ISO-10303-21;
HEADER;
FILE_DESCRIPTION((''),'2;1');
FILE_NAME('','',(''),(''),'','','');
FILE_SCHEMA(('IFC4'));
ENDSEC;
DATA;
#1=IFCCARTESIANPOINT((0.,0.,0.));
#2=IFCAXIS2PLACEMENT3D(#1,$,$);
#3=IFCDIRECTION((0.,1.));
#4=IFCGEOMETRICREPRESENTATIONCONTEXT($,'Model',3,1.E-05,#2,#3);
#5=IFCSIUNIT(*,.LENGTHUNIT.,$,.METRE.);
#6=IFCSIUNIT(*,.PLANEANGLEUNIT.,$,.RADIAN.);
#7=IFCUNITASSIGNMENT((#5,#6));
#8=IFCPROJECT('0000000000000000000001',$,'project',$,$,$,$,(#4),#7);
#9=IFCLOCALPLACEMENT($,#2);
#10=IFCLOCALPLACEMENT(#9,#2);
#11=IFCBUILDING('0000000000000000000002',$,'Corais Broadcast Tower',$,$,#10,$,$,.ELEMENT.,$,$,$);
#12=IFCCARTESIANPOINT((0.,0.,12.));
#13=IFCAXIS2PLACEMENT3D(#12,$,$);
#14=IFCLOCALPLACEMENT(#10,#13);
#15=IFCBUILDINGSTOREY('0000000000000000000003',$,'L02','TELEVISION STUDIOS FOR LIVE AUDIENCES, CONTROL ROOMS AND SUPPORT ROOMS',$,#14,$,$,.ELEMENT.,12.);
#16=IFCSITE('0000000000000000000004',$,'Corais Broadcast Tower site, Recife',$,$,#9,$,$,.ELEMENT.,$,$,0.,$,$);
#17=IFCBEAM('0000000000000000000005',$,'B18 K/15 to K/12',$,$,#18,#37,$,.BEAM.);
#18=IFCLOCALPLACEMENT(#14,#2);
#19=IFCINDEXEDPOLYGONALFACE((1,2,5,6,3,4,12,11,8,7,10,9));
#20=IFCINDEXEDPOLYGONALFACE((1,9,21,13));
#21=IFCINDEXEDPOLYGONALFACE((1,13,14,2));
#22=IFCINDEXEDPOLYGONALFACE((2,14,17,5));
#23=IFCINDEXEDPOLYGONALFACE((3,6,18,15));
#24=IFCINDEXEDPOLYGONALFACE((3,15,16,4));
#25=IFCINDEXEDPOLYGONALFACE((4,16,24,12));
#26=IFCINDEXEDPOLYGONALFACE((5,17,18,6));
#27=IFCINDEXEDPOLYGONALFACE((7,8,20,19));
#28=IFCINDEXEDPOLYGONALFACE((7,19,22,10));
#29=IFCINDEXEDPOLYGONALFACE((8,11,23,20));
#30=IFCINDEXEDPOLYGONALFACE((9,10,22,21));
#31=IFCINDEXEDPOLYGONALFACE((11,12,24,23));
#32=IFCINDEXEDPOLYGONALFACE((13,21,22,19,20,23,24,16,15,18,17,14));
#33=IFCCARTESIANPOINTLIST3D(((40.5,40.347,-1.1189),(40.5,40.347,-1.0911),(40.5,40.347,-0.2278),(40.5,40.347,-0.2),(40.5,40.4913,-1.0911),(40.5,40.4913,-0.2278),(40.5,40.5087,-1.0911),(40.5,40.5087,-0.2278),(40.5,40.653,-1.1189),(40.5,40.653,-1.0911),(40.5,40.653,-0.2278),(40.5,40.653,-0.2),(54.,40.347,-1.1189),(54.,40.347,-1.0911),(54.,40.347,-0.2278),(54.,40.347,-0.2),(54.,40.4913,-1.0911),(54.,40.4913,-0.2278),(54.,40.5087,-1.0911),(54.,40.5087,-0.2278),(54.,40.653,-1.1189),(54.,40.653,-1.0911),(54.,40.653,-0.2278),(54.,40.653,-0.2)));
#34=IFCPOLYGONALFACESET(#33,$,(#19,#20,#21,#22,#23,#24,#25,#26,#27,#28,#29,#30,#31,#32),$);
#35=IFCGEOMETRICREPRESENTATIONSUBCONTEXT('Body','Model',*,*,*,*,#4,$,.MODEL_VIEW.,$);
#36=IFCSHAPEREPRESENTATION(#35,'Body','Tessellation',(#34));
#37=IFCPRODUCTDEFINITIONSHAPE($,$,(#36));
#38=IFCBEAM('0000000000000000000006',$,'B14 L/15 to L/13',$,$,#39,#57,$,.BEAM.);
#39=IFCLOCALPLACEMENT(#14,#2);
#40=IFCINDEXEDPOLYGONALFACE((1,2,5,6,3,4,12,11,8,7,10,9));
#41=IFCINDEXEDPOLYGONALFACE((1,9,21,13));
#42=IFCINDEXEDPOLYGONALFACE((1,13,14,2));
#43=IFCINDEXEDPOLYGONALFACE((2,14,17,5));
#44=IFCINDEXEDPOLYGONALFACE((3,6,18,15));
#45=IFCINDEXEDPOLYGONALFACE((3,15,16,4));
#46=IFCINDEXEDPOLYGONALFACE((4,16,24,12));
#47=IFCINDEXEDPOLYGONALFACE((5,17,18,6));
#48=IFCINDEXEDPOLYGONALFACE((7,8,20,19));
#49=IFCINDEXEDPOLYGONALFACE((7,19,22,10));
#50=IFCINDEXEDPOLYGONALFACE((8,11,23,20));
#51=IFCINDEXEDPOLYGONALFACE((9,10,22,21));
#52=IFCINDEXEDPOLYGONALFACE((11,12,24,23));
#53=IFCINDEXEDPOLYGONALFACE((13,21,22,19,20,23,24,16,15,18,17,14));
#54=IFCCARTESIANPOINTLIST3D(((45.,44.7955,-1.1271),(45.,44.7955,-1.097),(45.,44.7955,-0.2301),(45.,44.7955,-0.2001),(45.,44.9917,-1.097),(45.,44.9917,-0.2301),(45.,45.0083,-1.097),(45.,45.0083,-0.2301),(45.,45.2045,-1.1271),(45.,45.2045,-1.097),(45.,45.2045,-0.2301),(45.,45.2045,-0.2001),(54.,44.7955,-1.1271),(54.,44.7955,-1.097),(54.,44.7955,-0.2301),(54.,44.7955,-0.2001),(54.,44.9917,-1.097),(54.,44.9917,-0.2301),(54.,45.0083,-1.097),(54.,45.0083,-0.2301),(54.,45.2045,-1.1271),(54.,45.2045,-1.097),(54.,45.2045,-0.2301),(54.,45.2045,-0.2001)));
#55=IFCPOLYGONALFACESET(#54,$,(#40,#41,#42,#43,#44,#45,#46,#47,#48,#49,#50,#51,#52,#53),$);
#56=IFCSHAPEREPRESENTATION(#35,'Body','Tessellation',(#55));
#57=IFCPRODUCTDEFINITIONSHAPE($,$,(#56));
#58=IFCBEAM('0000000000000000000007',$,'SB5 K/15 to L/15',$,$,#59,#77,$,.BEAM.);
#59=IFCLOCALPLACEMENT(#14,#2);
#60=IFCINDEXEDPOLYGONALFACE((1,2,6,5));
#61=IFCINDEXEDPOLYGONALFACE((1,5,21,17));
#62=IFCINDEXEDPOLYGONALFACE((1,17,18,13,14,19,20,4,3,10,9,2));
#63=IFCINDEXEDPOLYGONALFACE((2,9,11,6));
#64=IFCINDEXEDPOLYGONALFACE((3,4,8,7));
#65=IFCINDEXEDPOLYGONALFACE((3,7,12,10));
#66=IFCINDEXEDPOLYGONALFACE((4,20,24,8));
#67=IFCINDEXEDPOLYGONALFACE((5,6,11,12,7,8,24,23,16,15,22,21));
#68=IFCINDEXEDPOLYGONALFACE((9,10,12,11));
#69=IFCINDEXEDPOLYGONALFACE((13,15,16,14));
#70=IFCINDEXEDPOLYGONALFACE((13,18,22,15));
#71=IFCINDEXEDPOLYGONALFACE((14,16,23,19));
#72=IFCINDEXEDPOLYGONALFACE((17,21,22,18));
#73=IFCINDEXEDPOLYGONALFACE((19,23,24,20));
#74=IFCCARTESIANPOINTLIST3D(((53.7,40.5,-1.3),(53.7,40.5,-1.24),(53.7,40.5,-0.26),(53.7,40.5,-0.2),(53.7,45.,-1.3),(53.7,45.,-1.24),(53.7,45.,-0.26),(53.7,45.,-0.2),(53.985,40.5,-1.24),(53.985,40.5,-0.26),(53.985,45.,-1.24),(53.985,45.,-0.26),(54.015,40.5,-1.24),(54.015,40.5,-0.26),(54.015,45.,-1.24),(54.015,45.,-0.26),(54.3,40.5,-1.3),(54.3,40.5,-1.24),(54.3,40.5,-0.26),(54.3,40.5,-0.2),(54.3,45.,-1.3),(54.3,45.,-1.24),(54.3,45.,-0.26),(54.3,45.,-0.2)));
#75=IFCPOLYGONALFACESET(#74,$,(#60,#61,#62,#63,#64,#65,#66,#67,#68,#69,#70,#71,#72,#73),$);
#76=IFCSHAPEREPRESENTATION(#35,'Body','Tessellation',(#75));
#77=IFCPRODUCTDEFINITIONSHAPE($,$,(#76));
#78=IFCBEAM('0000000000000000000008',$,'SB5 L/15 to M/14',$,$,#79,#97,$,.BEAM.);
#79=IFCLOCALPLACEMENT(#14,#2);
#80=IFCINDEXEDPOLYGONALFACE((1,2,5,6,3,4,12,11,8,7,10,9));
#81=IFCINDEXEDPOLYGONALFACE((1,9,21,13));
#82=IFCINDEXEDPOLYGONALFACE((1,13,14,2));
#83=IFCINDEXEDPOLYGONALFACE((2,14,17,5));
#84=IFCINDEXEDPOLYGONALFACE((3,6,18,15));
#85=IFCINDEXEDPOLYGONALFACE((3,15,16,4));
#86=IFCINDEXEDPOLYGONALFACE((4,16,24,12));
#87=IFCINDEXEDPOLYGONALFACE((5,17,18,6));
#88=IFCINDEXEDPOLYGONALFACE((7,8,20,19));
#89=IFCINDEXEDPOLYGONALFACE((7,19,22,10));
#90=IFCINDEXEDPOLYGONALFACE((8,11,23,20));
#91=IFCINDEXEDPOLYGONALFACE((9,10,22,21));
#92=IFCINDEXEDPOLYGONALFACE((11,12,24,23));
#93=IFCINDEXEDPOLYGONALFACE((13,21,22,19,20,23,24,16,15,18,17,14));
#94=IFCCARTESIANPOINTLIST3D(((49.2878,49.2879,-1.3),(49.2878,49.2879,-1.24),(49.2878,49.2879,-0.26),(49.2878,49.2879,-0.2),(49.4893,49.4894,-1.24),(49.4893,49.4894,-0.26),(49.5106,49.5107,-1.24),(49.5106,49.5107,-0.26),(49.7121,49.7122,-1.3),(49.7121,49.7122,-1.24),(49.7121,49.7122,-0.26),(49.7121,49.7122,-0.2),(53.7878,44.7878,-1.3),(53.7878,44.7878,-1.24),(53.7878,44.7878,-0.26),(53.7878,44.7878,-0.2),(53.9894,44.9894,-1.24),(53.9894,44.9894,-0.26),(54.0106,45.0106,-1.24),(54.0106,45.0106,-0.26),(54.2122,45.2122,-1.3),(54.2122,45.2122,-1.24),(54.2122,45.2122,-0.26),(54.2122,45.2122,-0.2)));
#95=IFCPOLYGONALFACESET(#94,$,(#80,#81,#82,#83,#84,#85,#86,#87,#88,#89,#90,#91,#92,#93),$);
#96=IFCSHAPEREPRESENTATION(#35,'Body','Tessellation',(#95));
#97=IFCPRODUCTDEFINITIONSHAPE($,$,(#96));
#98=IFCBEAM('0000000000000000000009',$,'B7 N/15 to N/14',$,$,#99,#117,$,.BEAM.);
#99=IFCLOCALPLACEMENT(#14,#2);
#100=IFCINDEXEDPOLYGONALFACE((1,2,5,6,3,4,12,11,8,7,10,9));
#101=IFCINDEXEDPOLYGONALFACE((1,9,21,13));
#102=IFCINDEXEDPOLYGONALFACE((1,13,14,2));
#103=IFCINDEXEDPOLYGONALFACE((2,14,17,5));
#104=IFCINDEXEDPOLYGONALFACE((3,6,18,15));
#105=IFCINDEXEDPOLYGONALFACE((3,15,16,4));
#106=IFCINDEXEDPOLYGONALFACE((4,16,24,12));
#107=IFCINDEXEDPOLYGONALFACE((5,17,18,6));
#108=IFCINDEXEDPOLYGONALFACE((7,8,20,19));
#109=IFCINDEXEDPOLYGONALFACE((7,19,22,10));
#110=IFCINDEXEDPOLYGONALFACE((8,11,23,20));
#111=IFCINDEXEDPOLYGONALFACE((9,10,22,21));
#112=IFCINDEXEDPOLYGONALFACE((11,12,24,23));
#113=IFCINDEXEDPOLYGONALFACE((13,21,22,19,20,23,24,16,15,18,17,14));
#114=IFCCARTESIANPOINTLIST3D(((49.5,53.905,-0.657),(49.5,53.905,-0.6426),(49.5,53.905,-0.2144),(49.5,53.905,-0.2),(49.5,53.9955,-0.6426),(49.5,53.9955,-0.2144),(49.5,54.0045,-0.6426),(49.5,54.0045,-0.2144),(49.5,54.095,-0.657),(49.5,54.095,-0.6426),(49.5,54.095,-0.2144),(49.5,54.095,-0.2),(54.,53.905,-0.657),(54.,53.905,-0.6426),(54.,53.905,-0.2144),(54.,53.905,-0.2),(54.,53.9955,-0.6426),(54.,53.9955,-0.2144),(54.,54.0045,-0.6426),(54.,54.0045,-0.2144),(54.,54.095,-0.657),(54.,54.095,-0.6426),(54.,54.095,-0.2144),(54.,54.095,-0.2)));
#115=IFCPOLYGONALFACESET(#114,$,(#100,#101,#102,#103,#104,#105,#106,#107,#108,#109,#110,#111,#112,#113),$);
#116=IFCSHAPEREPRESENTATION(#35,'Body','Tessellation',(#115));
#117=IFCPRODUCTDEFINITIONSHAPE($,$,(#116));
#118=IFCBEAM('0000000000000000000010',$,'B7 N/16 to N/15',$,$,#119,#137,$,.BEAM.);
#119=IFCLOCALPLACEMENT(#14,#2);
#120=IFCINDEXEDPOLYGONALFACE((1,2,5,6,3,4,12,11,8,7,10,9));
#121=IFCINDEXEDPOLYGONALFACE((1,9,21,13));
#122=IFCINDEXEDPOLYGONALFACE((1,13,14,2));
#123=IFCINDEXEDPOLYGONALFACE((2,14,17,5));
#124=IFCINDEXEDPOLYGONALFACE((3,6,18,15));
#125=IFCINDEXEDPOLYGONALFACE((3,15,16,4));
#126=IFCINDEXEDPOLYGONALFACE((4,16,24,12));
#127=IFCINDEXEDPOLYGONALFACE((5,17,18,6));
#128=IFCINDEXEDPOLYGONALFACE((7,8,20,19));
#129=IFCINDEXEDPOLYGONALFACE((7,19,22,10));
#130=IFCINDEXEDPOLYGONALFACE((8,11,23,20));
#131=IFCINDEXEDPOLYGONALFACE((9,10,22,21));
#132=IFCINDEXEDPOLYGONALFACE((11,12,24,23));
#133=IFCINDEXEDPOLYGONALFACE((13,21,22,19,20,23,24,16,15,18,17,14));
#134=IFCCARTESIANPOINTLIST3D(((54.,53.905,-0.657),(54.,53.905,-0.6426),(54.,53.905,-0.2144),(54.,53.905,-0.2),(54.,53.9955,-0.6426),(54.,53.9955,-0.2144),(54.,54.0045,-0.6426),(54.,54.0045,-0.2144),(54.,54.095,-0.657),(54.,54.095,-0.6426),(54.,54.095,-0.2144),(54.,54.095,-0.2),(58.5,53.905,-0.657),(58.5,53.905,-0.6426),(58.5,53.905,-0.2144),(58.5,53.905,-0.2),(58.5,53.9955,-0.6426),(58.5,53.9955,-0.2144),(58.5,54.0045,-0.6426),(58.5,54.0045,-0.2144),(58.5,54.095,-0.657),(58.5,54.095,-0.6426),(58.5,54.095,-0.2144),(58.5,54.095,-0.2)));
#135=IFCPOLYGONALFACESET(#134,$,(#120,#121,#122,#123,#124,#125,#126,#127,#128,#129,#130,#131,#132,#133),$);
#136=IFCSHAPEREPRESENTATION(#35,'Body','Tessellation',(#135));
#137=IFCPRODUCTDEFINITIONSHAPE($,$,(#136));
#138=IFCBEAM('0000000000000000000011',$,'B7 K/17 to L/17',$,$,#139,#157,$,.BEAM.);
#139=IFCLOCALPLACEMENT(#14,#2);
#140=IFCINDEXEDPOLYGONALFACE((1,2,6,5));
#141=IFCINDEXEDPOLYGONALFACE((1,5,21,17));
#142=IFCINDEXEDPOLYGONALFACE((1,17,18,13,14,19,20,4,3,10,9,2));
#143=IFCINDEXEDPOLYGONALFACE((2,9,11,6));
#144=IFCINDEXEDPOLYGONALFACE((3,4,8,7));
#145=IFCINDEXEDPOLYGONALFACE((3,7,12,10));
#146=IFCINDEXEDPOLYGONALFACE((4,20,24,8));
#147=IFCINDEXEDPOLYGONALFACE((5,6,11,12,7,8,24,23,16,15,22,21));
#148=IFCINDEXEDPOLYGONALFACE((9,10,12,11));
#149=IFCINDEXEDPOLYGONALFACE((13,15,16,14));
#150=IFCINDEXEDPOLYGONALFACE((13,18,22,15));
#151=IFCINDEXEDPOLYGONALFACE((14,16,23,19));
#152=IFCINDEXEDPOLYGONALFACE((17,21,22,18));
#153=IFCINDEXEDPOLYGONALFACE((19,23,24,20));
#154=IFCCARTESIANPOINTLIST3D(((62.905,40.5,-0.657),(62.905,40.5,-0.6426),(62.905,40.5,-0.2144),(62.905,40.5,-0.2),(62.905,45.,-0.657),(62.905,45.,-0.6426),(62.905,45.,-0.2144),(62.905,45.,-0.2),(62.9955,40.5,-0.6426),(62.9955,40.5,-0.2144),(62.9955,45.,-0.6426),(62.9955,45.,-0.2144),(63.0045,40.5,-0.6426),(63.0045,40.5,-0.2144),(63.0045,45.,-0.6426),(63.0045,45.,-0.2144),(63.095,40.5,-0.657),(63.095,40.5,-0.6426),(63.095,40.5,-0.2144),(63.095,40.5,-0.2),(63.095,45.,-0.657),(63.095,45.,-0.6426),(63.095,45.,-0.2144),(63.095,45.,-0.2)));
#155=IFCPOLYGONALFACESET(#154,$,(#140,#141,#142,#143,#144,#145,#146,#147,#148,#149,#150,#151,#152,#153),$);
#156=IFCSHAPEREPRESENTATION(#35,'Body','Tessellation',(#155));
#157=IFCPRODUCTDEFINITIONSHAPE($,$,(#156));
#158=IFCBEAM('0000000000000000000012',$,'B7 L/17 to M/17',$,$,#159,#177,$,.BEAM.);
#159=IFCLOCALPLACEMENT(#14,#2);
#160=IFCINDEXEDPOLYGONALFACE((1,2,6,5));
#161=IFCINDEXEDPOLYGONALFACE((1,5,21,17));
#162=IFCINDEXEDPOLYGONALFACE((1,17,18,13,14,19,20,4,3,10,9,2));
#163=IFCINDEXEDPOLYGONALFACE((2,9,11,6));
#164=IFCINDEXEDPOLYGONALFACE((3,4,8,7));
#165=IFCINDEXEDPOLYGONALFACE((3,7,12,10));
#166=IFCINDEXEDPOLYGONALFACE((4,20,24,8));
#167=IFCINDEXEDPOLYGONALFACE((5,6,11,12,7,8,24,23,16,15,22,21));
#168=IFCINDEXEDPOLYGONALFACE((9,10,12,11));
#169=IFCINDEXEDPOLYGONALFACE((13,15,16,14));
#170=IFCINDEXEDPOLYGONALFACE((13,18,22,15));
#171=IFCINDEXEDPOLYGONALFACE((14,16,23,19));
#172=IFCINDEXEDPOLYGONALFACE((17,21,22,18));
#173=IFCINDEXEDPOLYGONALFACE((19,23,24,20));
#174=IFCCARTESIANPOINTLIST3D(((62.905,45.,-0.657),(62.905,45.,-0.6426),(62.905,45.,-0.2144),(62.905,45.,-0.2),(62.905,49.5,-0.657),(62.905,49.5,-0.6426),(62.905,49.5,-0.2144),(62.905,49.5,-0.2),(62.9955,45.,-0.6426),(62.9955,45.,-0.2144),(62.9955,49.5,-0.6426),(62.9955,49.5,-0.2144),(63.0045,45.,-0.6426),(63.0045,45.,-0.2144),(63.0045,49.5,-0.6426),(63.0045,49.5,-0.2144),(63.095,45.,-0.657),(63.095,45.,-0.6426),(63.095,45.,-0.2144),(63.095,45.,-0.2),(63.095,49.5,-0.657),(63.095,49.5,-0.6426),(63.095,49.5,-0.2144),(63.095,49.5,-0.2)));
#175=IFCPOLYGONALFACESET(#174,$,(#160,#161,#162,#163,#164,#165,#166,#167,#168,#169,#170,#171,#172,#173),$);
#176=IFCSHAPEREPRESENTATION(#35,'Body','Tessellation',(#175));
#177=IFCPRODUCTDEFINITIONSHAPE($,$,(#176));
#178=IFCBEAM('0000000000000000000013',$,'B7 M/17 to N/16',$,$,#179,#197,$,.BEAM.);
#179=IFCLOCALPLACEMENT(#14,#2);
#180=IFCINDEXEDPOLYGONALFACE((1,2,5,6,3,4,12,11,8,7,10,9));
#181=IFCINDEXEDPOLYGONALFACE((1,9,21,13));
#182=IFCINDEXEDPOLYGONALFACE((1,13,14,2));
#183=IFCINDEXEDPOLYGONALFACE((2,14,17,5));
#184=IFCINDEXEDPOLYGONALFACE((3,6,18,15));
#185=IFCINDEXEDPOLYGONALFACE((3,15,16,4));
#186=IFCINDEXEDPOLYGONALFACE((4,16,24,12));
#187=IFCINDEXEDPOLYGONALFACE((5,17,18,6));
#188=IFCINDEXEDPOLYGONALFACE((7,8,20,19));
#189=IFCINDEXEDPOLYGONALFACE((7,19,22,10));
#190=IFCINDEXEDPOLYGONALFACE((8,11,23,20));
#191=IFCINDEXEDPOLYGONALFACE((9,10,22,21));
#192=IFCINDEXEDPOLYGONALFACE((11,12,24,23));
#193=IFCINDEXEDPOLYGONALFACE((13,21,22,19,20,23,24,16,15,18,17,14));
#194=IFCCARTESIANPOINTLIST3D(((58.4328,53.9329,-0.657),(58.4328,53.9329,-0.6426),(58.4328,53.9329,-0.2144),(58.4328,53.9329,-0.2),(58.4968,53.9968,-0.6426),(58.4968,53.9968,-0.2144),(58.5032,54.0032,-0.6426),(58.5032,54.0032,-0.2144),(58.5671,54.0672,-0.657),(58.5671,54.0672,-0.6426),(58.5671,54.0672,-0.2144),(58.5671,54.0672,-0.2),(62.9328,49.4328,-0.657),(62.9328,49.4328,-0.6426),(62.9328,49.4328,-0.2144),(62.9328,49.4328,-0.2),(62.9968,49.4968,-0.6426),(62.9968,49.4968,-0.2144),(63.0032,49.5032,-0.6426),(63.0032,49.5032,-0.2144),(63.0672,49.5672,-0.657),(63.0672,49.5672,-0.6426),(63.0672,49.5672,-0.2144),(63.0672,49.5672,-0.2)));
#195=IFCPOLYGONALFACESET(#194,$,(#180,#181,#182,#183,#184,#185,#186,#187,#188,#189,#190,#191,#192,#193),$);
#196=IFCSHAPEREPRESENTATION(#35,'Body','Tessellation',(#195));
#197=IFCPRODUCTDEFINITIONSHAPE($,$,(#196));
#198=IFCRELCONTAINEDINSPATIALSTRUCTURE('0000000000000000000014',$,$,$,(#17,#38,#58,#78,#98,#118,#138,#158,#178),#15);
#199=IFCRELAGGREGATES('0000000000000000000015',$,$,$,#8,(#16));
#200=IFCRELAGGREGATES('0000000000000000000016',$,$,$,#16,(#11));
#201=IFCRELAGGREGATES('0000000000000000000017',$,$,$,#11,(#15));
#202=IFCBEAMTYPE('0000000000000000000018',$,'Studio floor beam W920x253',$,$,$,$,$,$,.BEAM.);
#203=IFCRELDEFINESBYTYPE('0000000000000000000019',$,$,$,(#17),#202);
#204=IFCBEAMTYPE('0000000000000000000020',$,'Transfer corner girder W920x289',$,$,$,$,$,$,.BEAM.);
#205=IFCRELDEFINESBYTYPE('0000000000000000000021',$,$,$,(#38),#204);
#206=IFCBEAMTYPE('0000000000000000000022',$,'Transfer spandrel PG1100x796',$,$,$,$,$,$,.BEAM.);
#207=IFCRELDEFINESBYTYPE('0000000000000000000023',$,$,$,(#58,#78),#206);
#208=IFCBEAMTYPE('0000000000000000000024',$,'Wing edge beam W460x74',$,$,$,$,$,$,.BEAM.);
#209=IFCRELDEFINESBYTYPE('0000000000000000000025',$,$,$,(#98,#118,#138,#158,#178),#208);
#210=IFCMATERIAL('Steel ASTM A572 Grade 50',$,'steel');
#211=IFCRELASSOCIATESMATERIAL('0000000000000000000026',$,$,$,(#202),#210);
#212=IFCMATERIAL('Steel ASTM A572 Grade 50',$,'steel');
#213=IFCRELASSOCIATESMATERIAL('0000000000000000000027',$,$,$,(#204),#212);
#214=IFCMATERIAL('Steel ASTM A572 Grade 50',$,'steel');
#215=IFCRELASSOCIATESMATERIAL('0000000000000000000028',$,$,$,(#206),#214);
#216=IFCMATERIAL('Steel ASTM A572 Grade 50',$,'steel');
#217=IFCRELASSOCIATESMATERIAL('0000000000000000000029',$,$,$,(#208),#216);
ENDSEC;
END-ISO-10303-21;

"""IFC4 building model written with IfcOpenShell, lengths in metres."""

from ifc_helpers import new_model, si_unit, direction, frame, origin, origin_2d, place, context, subcontext, project, spatial, i_section, extrude, material, material_profile, profile_set, type_object, element, save


model = new_model("IFC4")

# Units and contexts
model_context = context("Model", 3, precision=1e-05, world=origin(), true_north=direction((0.0, 1.0)))
body_context = subcontext(model_context, "Body", "Model", "MODEL_VIEW")
ifc_project = project(units=[si_unit("LENGTHUNIT", "METRE"), si_unit("PLANEANGLEUNIT", "RADIAN")], contexts=[model_context])

# Site, building, storey
site_placement = place(None, origin())
site = spatial("IfcSite", under=ifc_project, at=site_placement, Name="Corais Broadcast Tower site, Recife", CompositionType="ELEMENT", RefElevation=0.0)
building_placement = place(site_placement, origin())
building = spatial("IfcBuilding", under=site, at=building_placement, Name="Corais Broadcast Tower", CompositionType="ELEMENT")
storey_placement = place(building_placement, frame((0.0, 0.0, 12.0)))
storey = spatial("IfcBuildingStorey", under=building, at=storey_placement, Name="L02", Description="TELEVISION STUDIOS FOR LIVE AUDIENCES, CONTROL ROOMS AND SUPPORT ROOMS", CompositionType="ELEMENT", Elevation=12.0)

# Beams
ifc_material_1 = material(Name="Steel ASTM A572 Grade 50", Category="steel")
ifc_material_profile_1 = material_profile(ifc_material_1, i_section(OverallWidth=0.3059, OverallDepth=0.9189, WebThickness=0.0173, FlangeThickness=0.0278, at=origin_2d()), Name="W920x253")
ifc_profile_set_1 = profile_set([ifc_material_profile_1], Name="Steel ASTM A572 Grade 50")
beam_type_1 = type_object("IfcBeamType", Name="Studio floor beam W920x253", PredefinedType="BEAM", material=ifc_profile_set_1)
beam_1_placement = place(storey_placement, frame((54.0, 40.5, -0.6594), z_axis=(-1.0, 0.0, 0.0), x_axis=(0.0, -1.0, 0.0)))
element("IfcBeam", 1, at=beam_1_placement, inside=storey, type_object=beam_type_1, Name="B18 K/15 to K/12", PredefinedType="BEAM", context=body_context, shape_type="SweptSolid", body=[
    extrude(i_section(OverallWidth=0.3059, OverallDepth=0.9189, WebThickness=0.0173, FlangeThickness=0.0278, at=origin_2d()), origin(), (0.0, 0.0, 1.0), 13.5),
])
ifc_material_2 = material(Name="Steel ASTM A572 Grade 50", Category="steel")
ifc_material_profile_2 = material_profile(ifc_material_2, i_section(OverallWidth=0.4089, OverallDepth=0.927, WebThickness=0.0166, FlangeThickness=0.03, at=origin_2d()), Name="W920x289")
ifc_profile_set_2 = profile_set([ifc_material_profile_2], Name="Steel ASTM A572 Grade 50")
beam_type_2 = type_object("IfcBeamType", Name="Transfer corner girder W920x289", PredefinedType="BEAM", material=ifc_profile_set_2)
beam_2_placement = place(storey_placement, frame((54.0, 45.0, -0.6636), z_axis=(-1.0, 0.0, 0.0), x_axis=(0.0, -1.0, 0.0)))
element("IfcBeam", 2, at=beam_2_placement, inside=storey, type_object=beam_type_2, Name="B14 L/15 to L/13", PredefinedType="BEAM", context=body_context, shape_type="SweptSolid", body=[
    extrude(i_section(OverallWidth=0.4089, OverallDepth=0.927, WebThickness=0.0166, FlangeThickness=0.03, at=origin_2d()), origin(), (0.0, 0.0, 1.0), 9.0),
])
ifc_material_3 = material(Name="Steel ASTM A572 Grade 50", Category="steel")
ifc_material_profile_3 = material_profile(ifc_material_3, i_section(OverallWidth=0.6001, OverallDepth=1.1001, WebThickness=0.03, FlangeThickness=0.0601, at=origin_2d()), Name="PG1100x796")
ifc_profile_set_3 = profile_set([ifc_material_profile_3], Name="Steel ASTM A572 Grade 50")
beam_type_3 = type_object("IfcBeamType", Name="Transfer spandrel PG1100x796", PredefinedType="BEAM", material=ifc_profile_set_3)
beam_3_placement = place(storey_placement, frame((54.0, 40.5, -0.75), z_axis=(0.0, 1.0, 0.0), x_axis=(-1.0, 0.0, 0.0)))
element("IfcBeam", 3, at=beam_3_placement, inside=storey, type_object=beam_type_3, Name="SB5 K/15 to L/15", PredefinedType="BEAM", context=body_context, shape_type="SweptSolid", body=[
    extrude(i_section(OverallWidth=0.6001, OverallDepth=1.1001, WebThickness=0.03, FlangeThickness=0.0601, at=origin_2d()), origin(), (0.0, 0.0, 1.0), 4.5),
])
beam_4_placement = place(storey_placement, frame((54.0, 45.0, -0.75), z_axis=(-0.707107, 0.707107, 0.0), x_axis=(-0.707107, -0.707107, 0.0)))
element("IfcBeam", 4, at=beam_4_placement, inside=storey, type_object=beam_type_3, Name="SB5 L/15 to M/14", PredefinedType="BEAM", context=body_context, shape_type="SweptSolid", body=[
    extrude(i_section(OverallWidth=0.6001, OverallDepth=1.1001, WebThickness=0.03, FlangeThickness=0.0601, at=origin_2d()), origin(), (0.0, 0.0, 1.0), 6.364),
])
ifc_material_4 = material(Name="Steel ASTM A572 Grade 50", Category="steel")
ifc_material_profile_4 = material_profile(ifc_material_4, i_section(OverallWidth=0.1899, OverallDepth=0.457, WebThickness=0.009, FlangeThickness=0.0144, at=origin_2d()), Name="W460x74")
ifc_profile_set_4 = profile_set([ifc_material_profile_4], Name="Steel ASTM A572 Grade 50")
beam_type_4 = type_object("IfcBeamType", Name="Wing edge beam W460x74", PredefinedType="BEAM", material=ifc_profile_set_4)
for number, where, z_axis, x_axis, name in (
    (5, (54.0, 54.0, -0.4285), (-1.0, 0.0, 0.0), (0.0, -1.0, 0.0), "B7 N/15 to N/14"),
    (6, (58.5, 54.0, -0.4285), (-1.0, 0.0, 0.0), (0.0, -1.0, 0.0), "B7 N/16 to N/15"),
    (7, (63.0, 40.5, -0.4285), (0.0, 1.0, 0.0), (-1.0, 0.0, 0.0), "B7 K/17 to L/17"),
    (8, (63.0, 45.0, -0.4285), (0.0, 1.0, 0.0), (-1.0, 0.0, 0.0), "B7 L/17 to M/17"),
):
    element("IfcBeam", number, at=place(storey_placement, frame(where, z_axis=z_axis, x_axis=x_axis)), inside=storey, type_object=beam_type_4, Name=name, PredefinedType="BEAM", context=body_context, shape_type="SweptSolid", body=[
        extrude(i_section(OverallWidth=0.1899, OverallDepth=0.457, WebThickness=0.009, FlangeThickness=0.0144, at=origin_2d()), origin(), (0.0, 0.0, 1.0), 4.5),
    ])
beam_5_placement = place(storey_placement, frame((63.0, 49.5, -0.4285), z_axis=(-0.707107, 0.707107, 0.0), x_axis=(-0.707107, -0.707107, 0.0)))
element("IfcBeam", 9, at=beam_5_placement, inside=storey, type_object=beam_type_4, Name="B7 M/17 to N/16", PredefinedType="BEAM", context=body_context, shape_type="SweptSolid", body=[
    extrude(i_section(OverallWidth=0.1899, OverallDepth=0.457, WebThickness=0.009, FlangeThickness=0.0144, at=origin_2d()), origin(), (0.0, 0.0, 1.0), 6.364),
])

save(model, "model.ifc")
